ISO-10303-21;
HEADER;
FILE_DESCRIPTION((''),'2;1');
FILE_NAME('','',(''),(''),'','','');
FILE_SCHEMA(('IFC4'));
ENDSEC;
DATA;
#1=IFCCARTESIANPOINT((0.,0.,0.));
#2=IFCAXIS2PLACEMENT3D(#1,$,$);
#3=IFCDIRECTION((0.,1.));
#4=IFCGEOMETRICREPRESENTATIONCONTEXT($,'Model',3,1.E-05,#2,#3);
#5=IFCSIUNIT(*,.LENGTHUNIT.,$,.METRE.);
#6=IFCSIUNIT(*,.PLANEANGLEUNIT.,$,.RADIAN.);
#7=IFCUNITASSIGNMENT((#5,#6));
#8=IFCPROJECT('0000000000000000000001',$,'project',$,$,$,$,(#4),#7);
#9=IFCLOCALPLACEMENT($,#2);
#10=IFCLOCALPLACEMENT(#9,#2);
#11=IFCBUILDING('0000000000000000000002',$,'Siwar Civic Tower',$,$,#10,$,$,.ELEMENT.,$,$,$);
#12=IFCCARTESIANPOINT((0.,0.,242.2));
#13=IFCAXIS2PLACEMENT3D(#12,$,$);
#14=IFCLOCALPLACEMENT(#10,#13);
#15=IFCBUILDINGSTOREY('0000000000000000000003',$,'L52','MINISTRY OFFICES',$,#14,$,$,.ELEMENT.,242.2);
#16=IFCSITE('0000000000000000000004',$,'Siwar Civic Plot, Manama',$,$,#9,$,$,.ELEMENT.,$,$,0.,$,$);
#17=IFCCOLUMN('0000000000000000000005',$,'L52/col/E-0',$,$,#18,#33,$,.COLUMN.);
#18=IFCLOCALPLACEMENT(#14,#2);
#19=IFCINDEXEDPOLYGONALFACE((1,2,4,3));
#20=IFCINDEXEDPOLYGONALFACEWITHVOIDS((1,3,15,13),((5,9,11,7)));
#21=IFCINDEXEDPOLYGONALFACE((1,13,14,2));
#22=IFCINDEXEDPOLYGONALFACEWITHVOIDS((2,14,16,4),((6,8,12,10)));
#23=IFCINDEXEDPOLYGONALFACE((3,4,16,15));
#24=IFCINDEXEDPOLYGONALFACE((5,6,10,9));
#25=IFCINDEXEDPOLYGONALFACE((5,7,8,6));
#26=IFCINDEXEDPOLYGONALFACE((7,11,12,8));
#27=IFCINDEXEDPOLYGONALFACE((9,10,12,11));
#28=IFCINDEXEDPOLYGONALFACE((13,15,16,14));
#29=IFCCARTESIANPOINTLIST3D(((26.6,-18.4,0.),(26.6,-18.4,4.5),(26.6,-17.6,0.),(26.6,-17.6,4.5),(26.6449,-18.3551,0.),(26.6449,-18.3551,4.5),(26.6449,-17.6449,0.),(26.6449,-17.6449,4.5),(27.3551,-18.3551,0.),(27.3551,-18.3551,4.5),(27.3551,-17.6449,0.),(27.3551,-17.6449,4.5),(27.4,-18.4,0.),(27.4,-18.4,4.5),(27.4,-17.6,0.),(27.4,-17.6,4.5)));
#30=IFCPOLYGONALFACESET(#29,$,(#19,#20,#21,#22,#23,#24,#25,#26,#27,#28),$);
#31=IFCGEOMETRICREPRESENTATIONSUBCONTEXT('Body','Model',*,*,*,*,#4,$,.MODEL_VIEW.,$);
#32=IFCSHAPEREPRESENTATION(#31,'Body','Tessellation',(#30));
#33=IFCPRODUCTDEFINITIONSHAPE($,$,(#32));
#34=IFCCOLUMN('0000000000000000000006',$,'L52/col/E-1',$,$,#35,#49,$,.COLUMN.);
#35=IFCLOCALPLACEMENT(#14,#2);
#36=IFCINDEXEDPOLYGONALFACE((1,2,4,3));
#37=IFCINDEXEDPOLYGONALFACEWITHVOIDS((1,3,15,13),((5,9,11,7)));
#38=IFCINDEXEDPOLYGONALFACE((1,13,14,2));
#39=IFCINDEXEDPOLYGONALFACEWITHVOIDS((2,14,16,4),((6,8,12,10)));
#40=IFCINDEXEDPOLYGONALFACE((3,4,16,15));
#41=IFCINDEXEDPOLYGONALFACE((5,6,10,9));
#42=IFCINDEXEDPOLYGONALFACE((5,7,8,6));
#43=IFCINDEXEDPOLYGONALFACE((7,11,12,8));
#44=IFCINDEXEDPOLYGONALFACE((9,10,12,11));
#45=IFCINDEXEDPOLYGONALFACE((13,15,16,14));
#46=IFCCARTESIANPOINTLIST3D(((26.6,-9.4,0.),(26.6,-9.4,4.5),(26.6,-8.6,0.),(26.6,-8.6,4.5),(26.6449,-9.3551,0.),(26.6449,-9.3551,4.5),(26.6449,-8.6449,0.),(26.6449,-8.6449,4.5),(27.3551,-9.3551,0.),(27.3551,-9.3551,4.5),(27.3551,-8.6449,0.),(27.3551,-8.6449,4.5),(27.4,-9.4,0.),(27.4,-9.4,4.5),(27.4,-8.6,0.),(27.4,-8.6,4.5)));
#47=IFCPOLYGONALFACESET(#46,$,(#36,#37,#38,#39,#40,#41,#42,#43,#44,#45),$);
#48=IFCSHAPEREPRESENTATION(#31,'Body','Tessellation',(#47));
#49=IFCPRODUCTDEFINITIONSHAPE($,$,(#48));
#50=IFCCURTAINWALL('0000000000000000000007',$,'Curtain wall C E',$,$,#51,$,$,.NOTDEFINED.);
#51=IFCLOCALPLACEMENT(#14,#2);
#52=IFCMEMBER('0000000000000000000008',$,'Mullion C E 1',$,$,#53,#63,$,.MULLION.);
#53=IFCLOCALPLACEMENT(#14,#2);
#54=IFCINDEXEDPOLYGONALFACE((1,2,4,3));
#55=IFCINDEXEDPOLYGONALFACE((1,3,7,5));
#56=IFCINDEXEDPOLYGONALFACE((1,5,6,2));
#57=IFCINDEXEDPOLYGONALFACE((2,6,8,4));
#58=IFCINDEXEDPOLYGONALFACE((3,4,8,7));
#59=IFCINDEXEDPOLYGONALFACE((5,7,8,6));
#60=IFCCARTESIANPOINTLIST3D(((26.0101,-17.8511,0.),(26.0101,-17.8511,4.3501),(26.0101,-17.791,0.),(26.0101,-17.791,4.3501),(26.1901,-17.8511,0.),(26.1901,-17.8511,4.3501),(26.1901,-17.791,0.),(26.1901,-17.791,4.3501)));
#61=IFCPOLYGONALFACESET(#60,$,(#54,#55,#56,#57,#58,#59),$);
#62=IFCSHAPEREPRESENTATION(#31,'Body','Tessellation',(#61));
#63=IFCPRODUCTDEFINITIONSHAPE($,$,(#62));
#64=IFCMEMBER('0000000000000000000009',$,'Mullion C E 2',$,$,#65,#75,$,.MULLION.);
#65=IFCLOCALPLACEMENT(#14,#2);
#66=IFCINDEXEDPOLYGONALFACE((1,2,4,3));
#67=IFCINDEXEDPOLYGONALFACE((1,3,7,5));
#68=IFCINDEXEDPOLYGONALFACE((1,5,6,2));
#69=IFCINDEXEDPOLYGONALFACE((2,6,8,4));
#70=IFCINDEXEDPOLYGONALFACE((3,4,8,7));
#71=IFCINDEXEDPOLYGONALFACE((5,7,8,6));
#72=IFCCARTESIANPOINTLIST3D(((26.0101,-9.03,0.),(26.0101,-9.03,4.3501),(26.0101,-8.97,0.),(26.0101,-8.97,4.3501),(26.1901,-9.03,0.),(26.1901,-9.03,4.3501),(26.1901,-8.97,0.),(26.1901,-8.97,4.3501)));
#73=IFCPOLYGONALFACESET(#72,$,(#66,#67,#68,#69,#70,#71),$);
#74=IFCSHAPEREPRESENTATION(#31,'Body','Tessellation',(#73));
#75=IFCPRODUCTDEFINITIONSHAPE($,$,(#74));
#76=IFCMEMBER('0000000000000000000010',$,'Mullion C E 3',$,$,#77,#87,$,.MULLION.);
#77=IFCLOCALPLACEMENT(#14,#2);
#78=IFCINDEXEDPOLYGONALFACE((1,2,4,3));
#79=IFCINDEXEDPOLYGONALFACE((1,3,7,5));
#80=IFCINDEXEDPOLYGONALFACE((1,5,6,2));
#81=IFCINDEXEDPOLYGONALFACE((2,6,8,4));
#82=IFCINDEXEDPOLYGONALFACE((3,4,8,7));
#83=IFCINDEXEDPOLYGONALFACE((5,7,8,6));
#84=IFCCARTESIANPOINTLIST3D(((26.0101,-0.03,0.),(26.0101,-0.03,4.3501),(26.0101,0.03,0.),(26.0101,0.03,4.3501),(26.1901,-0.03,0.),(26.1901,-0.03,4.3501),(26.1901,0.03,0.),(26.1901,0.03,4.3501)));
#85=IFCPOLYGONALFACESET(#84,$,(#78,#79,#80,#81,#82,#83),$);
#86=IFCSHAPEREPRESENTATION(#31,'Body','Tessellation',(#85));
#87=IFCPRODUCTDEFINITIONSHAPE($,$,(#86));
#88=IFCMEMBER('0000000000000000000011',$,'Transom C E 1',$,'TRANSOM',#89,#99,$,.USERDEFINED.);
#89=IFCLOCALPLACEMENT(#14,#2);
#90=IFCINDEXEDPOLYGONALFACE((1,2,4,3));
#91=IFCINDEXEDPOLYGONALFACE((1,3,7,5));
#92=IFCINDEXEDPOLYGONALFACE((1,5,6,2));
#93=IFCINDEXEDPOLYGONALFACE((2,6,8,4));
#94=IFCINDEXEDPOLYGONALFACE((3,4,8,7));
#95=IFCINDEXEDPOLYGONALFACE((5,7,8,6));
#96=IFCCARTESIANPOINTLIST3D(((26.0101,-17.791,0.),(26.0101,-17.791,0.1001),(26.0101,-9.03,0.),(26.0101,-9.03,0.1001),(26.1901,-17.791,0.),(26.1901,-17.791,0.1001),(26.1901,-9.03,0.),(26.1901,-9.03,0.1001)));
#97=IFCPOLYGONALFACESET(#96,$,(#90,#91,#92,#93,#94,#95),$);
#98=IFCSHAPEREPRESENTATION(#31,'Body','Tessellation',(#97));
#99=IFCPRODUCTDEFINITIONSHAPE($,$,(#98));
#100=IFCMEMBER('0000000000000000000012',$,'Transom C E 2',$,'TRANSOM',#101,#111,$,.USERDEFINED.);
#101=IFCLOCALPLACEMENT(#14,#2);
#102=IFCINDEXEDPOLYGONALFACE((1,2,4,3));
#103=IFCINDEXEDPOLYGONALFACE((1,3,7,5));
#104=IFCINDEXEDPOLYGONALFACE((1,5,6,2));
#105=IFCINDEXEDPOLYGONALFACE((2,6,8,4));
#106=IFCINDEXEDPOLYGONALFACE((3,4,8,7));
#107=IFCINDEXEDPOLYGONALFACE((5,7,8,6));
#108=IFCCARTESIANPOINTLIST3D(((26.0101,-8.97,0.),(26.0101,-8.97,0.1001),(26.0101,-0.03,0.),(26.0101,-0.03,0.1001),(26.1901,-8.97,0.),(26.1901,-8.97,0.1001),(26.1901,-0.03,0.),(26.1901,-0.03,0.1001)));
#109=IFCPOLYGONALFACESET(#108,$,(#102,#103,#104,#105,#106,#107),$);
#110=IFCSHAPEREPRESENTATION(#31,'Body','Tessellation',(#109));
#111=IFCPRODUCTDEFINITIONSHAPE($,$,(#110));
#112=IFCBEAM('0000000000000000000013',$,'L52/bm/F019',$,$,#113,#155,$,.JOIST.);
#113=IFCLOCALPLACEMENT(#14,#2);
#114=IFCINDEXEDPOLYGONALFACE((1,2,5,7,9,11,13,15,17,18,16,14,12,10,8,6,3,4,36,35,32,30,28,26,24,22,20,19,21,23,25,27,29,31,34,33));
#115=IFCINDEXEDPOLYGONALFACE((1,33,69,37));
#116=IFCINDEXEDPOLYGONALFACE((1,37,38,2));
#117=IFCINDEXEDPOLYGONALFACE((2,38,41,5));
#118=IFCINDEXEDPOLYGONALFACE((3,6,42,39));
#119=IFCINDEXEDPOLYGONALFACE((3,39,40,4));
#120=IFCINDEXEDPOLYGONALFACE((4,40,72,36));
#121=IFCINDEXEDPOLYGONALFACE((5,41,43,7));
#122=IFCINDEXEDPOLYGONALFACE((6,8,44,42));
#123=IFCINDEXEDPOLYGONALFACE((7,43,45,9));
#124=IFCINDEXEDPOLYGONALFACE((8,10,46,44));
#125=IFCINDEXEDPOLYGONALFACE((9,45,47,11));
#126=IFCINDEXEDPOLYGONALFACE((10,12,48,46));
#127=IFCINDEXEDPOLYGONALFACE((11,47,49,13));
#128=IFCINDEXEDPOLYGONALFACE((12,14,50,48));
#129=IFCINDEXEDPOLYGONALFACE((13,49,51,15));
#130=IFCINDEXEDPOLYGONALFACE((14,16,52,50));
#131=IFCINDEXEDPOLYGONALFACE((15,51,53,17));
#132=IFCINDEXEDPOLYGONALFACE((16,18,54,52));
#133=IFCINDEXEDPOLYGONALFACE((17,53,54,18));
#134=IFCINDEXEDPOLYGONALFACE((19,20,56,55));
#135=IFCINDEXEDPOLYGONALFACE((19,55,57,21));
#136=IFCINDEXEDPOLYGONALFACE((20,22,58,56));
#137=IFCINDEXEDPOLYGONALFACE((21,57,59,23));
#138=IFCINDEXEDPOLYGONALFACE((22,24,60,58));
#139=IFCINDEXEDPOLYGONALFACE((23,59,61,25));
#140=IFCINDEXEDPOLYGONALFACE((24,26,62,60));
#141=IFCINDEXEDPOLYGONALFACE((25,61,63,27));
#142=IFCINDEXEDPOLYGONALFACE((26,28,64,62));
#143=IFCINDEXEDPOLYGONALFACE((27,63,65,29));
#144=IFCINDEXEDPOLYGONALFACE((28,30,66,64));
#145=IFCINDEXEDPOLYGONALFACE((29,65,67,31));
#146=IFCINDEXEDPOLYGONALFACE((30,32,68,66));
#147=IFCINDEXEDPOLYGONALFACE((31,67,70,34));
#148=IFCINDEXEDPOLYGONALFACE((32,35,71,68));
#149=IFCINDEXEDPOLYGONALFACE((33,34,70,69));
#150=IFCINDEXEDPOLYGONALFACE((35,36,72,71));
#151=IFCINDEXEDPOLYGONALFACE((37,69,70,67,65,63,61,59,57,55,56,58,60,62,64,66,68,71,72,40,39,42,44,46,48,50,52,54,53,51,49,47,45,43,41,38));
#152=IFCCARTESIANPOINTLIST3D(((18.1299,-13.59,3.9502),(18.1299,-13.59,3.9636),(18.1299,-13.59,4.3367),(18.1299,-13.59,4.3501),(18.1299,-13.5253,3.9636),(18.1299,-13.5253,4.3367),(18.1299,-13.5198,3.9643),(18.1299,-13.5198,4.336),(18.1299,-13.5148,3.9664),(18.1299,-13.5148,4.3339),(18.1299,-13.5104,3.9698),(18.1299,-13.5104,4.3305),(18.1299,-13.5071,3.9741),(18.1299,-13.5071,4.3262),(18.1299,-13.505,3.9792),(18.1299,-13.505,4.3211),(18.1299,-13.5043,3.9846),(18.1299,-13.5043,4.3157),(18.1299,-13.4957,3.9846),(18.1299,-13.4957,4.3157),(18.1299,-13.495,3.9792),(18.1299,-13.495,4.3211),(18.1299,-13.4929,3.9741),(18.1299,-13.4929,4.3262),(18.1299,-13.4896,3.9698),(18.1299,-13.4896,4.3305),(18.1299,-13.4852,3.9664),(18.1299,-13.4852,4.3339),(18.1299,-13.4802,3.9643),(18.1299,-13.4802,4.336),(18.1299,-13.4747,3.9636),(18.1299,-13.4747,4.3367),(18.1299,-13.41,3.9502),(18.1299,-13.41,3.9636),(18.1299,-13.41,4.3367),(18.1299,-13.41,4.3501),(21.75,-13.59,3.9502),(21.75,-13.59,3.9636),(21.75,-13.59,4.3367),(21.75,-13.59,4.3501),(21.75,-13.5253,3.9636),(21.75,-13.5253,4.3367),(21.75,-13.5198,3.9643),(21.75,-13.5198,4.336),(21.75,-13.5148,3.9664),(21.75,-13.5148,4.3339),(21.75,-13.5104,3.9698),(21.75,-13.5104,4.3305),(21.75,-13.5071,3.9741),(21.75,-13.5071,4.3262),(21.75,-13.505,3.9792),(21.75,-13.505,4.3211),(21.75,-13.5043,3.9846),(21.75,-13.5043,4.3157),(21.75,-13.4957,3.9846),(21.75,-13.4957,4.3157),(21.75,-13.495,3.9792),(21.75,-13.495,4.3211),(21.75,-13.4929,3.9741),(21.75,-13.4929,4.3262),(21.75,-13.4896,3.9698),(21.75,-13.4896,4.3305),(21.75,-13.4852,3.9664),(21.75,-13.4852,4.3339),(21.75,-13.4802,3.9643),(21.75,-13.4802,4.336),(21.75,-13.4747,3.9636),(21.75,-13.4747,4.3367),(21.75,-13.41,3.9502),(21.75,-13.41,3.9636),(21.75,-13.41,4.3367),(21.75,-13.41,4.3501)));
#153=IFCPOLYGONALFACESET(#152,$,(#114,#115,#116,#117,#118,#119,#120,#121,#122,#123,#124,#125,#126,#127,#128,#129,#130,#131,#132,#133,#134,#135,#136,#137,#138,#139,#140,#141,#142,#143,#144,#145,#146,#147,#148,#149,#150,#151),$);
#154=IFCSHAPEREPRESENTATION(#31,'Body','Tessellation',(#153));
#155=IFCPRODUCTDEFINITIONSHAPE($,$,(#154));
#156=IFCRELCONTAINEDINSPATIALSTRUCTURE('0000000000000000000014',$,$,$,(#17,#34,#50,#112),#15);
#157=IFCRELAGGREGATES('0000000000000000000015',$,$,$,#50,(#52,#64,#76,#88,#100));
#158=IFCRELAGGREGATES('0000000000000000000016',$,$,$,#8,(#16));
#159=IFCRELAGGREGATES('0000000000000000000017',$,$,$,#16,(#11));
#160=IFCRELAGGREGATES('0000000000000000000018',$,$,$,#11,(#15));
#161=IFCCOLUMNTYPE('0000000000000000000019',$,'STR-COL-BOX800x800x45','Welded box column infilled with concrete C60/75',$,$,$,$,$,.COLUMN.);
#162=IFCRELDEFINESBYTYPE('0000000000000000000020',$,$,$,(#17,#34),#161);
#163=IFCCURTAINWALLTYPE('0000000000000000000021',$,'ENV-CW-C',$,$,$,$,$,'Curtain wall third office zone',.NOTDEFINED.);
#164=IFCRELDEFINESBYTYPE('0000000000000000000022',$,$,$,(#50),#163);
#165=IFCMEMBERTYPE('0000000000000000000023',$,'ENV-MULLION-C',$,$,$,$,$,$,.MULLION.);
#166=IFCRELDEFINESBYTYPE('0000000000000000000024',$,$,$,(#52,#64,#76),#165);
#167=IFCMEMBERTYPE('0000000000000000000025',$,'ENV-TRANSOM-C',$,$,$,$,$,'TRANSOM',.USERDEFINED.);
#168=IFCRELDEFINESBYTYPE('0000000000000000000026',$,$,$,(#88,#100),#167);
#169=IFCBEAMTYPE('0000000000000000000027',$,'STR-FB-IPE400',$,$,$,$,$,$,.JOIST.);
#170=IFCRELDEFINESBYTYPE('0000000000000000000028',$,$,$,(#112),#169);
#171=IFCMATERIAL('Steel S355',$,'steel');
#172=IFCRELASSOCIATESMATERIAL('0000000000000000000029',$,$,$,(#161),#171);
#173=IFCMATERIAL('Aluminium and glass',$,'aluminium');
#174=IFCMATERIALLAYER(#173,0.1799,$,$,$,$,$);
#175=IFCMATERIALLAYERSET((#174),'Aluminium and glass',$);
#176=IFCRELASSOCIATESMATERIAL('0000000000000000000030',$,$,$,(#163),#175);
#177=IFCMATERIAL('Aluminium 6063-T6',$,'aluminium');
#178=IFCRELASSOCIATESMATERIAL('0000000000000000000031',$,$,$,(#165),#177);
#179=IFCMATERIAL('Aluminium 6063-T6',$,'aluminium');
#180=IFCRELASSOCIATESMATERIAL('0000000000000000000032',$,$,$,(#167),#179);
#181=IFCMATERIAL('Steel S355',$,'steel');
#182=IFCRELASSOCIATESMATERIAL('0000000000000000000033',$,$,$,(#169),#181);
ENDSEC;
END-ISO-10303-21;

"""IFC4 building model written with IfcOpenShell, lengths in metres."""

from ifc_helpers import new_model, si_unit, direction, frame, origin, origin_2d, place, context, subcontext, project, spatial, rectangle, hollow_rectangle, i_section, extrude, material, layer, layer_set, material_profile, profile_set, type_object, element, aggregate, save


model = new_model("IFC4")

# Units and contexts
model_context = context("Model", 3, precision=1e-05, world=origin(), true_north=direction((0.0, 1.0)))
body_context = subcontext(model_context, "Body", "Model", "MODEL_VIEW")
ifc_project = project(units=[si_unit("LENGTHUNIT", "METRE"), si_unit("PLANEANGLEUNIT", "RADIAN")], contexts=[model_context])

# Site, building, storey
site_placement = place(None, origin())
site = spatial("IfcSite", under=ifc_project, at=site_placement, Name="Siwar Civic Plot, Manama", CompositionType="ELEMENT", RefElevation=0.0)
building_placement = place(site_placement, origin())
building = spatial("IfcBuilding", under=site, at=building_placement, Name="Siwar Civic Tower", CompositionType="ELEMENT")
storey_placement = place(building_placement, frame((0.0, 0.0, 242.2)))
storey = spatial("IfcBuildingStorey", under=building, at=storey_placement, Name="L52", Description="MINISTRY OFFICES", CompositionType="ELEMENT", Elevation=242.2)

# Columns
ifc_material_1 = material(Name="Steel S355", Category="steel")
ifc_material_profile_1 = material_profile(ifc_material_1, hollow_rectangle(XDim=0.8, YDim=0.8, WallThickness=0.0449, at=origin_2d()), Name="BOX800x800x45")
ifc_profile_set_1 = profile_set([ifc_material_profile_1], Name="Steel S355")
column_type = type_object("IfcColumnType", Name="STR-COL-BOX800x800x45", Description="Welded box column infilled with concrete C60/75", PredefinedType="COLUMN", material=ifc_profile_set_1)
for number, where, z_axis, x_axis, name in (
    (1, (27.0, -18.0, 0.0), (0.0, 0.0, 1.0), (1.0, 0.0, 0.0), "L52/col/E-0"),
    (2, (27.0, -9.0, 0.0), (0.0, 0.0, 1.0), (1.0, 0.0, 0.0), "L52/col/E-1"),
):
    element("IfcColumn", number, at=place(storey_placement, frame(where, z_axis=z_axis, x_axis=x_axis)), inside=storey, type_object=column_type, Name=name, PredefinedType="COLUMN", context=body_context, shape_type="SweptSolid", body=[
        extrude(hollow_rectangle(XDim=0.8, YDim=0.8, WallThickness=0.0449, at=origin_2d()), origin(), (0.0, 0.0, 1.0), 4.5),
    ])

# Curtain wall, members
ifc_material_2 = material(Name="Aluminium and glass", Category="aluminium")
ifc_layer_1 = layer(ifc_material_2, 0.1799)
ifc_layer_set_1 = layer_set([ifc_layer_1], Name="Aluminium and glass")
curtain_wall_type = type_object("IfcCurtainWallType", Name="ENV-CW-C", ElementType="Curtain wall third office zone", PredefinedType="NOTDEFINED", material=ifc_layer_set_1)
curtain_wall_placement = place(storey_placement, origin())
curtain_wall = element("IfcCurtainWall", 3, at=curtain_wall_placement, inside=storey, type_object=curtain_wall_type, Name="Curtain wall C E", PredefinedType="NOTDEFINED")
ifc_material_3 = material(Name="Aluminium 6063-T6", Category="aluminium")
ifc_material_profile_2 = material_profile(ifc_material_3, rectangle(XDim=0.1799, YDim=0.0601, at=origin_2d()), Name="AL 180x60")
ifc_profile_set_2 = profile_set([ifc_material_profile_2], Name="Aluminium 6063-T6")
member_type_1 = type_object("IfcMemberType", Name="ENV-MULLION-C", PredefinedType="MULLION", material=ifc_profile_set_2)
member_1_placement = place(storey_placement, frame((26.1001, -17.821, 0.0), z_axis=(0.0, 0.0, 1.0), x_axis=(-1.0, 0.0, 0.0)))
member_1 = element("IfcMember", 4, at=member_1_placement, type_object=member_type_1, Name="Mullion C E 1", PredefinedType="MULLION", context=body_context, shape_type="SweptSolid", body=[
    extrude(rectangle(XDim=0.1799, YDim=0.0601, at=origin_2d()), origin(), (0.0, 0.0, 1.0), 4.3501),
])
member_2_placement = place(storey_placement, frame((26.1001, -9.0, 0.0), z_axis=(0.0, 0.0, 1.0), x_axis=(-1.0, 0.0, 0.0)))
member_2 = element("IfcMember", 5, at=member_2_placement, type_object=member_type_1, Name="Mullion C E 2", PredefinedType="MULLION", context=body_context, shape_type="SweptSolid", body=[
    extrude(rectangle(XDim=0.1799, YDim=0.0601, at=origin_2d()), origin(), (0.0, 0.0, 1.0), 4.3501),
])
member_3_placement = place(storey_placement, frame((26.1001, 0.0, 0.0), z_axis=(0.0, 0.0, 1.0), x_axis=(-1.0, 0.0, 0.0)))
member_3 = element("IfcMember", 6, at=member_3_placement, type_object=member_type_1, Name="Mullion C E 3", PredefinedType="MULLION", context=body_context, shape_type="SweptSolid", body=[
    extrude(rectangle(XDim=0.1799, YDim=0.0601, at=origin_2d()), origin(), (0.0, 0.0, 1.0), 4.3501),
])
ifc_material_4 = material(Name="Aluminium 6063-T6", Category="aluminium")
ifc_material_profile_3 = material_profile(ifc_material_4, rectangle(XDim=0.1799, YDim=0.1001, at=origin_2d()), Name="AL 180x100")
ifc_profile_set_3 = profile_set([ifc_material_profile_3], Name="Aluminium 6063-T6")
member_type_2 = type_object("IfcMemberType", Name="ENV-TRANSOM-C", ElementType="TRANSOM", PredefinedType="USERDEFINED", material=ifc_profile_set_3)
member_4_placement = place(storey_placement, frame((26.1001, -17.791, 0.05), z_axis=(0.0, 1.0, 0.0), x_axis=(-1.0, 0.0, 0.0)))
member_4 = element("IfcMember", 7, at=member_4_placement, type_object=member_type_2, Name="Transom C E 1", ObjectType="TRANSOM", PredefinedType="USERDEFINED", context=body_context, shape_type="SweptSolid", body=[
    extrude(rectangle(XDim=0.1799, YDim=0.1001, at=origin_2d()), origin(), (0.0, 0.0, 1.0), 8.761),
])
member_5_placement = place(storey_placement, frame((26.1001, -8.97, 0.05), z_axis=(0.0, 1.0, 0.0), x_axis=(-1.0, 0.0, 0.0)))
member_5 = element("IfcMember", 8, at=member_5_placement, type_object=member_type_2, Name="Transom C E 2", ObjectType="TRANSOM", PredefinedType="USERDEFINED", context=body_context, shape_type="SweptSolid", body=[
    extrude(rectangle(XDim=0.1799, YDim=0.1001, at=origin_2d()), origin(), (0.0, 0.0, 1.0), 8.9399),
])

# Beam
ifc_material_5 = material(Name="Steel S355", Category="steel")
ifc_material_profile_4 = material_profile(ifc_material_5, i_section(OverallWidth=0.1799, OverallDepth=0.3999, WebThickness=0.0085, FlangeThickness=0.0134, FilletRadius=0.021, at=origin_2d()), Name="IPE400")
ifc_profile_set_4 = profile_set([ifc_material_profile_4], Name="Steel S355")
beam_type_1 = type_object("IfcBeamType", Name="STR-FB-IPE400", PredefinedType="JOIST", material=ifc_profile_set_4)
beam_placement = place(storey_placement, frame((18.1299, -13.5, 4.1501), z_axis=(1.0, 0.0, 0.0), x_axis=(0.0, 1.0, 0.0)))
element("IfcBeam", 9, at=beam_placement, inside=storey, type_object=beam_type_1, Name="L52/bm/F019", PredefinedType="JOIST", context=body_context, shape_type="SweptSolid", body=[
    extrude(i_section(OverallWidth=0.1799, OverallDepth=0.3999, WebThickness=0.0085, FlangeThickness=0.0134, FilletRadius=0.021, at=origin_2d()), origin(), (0.0, 0.0, 1.0), 3.6201),
])

aggregate(curtain_wall, [member_1, member_2, member_3, member_4, member_5])

save(model, "model.ifc")
